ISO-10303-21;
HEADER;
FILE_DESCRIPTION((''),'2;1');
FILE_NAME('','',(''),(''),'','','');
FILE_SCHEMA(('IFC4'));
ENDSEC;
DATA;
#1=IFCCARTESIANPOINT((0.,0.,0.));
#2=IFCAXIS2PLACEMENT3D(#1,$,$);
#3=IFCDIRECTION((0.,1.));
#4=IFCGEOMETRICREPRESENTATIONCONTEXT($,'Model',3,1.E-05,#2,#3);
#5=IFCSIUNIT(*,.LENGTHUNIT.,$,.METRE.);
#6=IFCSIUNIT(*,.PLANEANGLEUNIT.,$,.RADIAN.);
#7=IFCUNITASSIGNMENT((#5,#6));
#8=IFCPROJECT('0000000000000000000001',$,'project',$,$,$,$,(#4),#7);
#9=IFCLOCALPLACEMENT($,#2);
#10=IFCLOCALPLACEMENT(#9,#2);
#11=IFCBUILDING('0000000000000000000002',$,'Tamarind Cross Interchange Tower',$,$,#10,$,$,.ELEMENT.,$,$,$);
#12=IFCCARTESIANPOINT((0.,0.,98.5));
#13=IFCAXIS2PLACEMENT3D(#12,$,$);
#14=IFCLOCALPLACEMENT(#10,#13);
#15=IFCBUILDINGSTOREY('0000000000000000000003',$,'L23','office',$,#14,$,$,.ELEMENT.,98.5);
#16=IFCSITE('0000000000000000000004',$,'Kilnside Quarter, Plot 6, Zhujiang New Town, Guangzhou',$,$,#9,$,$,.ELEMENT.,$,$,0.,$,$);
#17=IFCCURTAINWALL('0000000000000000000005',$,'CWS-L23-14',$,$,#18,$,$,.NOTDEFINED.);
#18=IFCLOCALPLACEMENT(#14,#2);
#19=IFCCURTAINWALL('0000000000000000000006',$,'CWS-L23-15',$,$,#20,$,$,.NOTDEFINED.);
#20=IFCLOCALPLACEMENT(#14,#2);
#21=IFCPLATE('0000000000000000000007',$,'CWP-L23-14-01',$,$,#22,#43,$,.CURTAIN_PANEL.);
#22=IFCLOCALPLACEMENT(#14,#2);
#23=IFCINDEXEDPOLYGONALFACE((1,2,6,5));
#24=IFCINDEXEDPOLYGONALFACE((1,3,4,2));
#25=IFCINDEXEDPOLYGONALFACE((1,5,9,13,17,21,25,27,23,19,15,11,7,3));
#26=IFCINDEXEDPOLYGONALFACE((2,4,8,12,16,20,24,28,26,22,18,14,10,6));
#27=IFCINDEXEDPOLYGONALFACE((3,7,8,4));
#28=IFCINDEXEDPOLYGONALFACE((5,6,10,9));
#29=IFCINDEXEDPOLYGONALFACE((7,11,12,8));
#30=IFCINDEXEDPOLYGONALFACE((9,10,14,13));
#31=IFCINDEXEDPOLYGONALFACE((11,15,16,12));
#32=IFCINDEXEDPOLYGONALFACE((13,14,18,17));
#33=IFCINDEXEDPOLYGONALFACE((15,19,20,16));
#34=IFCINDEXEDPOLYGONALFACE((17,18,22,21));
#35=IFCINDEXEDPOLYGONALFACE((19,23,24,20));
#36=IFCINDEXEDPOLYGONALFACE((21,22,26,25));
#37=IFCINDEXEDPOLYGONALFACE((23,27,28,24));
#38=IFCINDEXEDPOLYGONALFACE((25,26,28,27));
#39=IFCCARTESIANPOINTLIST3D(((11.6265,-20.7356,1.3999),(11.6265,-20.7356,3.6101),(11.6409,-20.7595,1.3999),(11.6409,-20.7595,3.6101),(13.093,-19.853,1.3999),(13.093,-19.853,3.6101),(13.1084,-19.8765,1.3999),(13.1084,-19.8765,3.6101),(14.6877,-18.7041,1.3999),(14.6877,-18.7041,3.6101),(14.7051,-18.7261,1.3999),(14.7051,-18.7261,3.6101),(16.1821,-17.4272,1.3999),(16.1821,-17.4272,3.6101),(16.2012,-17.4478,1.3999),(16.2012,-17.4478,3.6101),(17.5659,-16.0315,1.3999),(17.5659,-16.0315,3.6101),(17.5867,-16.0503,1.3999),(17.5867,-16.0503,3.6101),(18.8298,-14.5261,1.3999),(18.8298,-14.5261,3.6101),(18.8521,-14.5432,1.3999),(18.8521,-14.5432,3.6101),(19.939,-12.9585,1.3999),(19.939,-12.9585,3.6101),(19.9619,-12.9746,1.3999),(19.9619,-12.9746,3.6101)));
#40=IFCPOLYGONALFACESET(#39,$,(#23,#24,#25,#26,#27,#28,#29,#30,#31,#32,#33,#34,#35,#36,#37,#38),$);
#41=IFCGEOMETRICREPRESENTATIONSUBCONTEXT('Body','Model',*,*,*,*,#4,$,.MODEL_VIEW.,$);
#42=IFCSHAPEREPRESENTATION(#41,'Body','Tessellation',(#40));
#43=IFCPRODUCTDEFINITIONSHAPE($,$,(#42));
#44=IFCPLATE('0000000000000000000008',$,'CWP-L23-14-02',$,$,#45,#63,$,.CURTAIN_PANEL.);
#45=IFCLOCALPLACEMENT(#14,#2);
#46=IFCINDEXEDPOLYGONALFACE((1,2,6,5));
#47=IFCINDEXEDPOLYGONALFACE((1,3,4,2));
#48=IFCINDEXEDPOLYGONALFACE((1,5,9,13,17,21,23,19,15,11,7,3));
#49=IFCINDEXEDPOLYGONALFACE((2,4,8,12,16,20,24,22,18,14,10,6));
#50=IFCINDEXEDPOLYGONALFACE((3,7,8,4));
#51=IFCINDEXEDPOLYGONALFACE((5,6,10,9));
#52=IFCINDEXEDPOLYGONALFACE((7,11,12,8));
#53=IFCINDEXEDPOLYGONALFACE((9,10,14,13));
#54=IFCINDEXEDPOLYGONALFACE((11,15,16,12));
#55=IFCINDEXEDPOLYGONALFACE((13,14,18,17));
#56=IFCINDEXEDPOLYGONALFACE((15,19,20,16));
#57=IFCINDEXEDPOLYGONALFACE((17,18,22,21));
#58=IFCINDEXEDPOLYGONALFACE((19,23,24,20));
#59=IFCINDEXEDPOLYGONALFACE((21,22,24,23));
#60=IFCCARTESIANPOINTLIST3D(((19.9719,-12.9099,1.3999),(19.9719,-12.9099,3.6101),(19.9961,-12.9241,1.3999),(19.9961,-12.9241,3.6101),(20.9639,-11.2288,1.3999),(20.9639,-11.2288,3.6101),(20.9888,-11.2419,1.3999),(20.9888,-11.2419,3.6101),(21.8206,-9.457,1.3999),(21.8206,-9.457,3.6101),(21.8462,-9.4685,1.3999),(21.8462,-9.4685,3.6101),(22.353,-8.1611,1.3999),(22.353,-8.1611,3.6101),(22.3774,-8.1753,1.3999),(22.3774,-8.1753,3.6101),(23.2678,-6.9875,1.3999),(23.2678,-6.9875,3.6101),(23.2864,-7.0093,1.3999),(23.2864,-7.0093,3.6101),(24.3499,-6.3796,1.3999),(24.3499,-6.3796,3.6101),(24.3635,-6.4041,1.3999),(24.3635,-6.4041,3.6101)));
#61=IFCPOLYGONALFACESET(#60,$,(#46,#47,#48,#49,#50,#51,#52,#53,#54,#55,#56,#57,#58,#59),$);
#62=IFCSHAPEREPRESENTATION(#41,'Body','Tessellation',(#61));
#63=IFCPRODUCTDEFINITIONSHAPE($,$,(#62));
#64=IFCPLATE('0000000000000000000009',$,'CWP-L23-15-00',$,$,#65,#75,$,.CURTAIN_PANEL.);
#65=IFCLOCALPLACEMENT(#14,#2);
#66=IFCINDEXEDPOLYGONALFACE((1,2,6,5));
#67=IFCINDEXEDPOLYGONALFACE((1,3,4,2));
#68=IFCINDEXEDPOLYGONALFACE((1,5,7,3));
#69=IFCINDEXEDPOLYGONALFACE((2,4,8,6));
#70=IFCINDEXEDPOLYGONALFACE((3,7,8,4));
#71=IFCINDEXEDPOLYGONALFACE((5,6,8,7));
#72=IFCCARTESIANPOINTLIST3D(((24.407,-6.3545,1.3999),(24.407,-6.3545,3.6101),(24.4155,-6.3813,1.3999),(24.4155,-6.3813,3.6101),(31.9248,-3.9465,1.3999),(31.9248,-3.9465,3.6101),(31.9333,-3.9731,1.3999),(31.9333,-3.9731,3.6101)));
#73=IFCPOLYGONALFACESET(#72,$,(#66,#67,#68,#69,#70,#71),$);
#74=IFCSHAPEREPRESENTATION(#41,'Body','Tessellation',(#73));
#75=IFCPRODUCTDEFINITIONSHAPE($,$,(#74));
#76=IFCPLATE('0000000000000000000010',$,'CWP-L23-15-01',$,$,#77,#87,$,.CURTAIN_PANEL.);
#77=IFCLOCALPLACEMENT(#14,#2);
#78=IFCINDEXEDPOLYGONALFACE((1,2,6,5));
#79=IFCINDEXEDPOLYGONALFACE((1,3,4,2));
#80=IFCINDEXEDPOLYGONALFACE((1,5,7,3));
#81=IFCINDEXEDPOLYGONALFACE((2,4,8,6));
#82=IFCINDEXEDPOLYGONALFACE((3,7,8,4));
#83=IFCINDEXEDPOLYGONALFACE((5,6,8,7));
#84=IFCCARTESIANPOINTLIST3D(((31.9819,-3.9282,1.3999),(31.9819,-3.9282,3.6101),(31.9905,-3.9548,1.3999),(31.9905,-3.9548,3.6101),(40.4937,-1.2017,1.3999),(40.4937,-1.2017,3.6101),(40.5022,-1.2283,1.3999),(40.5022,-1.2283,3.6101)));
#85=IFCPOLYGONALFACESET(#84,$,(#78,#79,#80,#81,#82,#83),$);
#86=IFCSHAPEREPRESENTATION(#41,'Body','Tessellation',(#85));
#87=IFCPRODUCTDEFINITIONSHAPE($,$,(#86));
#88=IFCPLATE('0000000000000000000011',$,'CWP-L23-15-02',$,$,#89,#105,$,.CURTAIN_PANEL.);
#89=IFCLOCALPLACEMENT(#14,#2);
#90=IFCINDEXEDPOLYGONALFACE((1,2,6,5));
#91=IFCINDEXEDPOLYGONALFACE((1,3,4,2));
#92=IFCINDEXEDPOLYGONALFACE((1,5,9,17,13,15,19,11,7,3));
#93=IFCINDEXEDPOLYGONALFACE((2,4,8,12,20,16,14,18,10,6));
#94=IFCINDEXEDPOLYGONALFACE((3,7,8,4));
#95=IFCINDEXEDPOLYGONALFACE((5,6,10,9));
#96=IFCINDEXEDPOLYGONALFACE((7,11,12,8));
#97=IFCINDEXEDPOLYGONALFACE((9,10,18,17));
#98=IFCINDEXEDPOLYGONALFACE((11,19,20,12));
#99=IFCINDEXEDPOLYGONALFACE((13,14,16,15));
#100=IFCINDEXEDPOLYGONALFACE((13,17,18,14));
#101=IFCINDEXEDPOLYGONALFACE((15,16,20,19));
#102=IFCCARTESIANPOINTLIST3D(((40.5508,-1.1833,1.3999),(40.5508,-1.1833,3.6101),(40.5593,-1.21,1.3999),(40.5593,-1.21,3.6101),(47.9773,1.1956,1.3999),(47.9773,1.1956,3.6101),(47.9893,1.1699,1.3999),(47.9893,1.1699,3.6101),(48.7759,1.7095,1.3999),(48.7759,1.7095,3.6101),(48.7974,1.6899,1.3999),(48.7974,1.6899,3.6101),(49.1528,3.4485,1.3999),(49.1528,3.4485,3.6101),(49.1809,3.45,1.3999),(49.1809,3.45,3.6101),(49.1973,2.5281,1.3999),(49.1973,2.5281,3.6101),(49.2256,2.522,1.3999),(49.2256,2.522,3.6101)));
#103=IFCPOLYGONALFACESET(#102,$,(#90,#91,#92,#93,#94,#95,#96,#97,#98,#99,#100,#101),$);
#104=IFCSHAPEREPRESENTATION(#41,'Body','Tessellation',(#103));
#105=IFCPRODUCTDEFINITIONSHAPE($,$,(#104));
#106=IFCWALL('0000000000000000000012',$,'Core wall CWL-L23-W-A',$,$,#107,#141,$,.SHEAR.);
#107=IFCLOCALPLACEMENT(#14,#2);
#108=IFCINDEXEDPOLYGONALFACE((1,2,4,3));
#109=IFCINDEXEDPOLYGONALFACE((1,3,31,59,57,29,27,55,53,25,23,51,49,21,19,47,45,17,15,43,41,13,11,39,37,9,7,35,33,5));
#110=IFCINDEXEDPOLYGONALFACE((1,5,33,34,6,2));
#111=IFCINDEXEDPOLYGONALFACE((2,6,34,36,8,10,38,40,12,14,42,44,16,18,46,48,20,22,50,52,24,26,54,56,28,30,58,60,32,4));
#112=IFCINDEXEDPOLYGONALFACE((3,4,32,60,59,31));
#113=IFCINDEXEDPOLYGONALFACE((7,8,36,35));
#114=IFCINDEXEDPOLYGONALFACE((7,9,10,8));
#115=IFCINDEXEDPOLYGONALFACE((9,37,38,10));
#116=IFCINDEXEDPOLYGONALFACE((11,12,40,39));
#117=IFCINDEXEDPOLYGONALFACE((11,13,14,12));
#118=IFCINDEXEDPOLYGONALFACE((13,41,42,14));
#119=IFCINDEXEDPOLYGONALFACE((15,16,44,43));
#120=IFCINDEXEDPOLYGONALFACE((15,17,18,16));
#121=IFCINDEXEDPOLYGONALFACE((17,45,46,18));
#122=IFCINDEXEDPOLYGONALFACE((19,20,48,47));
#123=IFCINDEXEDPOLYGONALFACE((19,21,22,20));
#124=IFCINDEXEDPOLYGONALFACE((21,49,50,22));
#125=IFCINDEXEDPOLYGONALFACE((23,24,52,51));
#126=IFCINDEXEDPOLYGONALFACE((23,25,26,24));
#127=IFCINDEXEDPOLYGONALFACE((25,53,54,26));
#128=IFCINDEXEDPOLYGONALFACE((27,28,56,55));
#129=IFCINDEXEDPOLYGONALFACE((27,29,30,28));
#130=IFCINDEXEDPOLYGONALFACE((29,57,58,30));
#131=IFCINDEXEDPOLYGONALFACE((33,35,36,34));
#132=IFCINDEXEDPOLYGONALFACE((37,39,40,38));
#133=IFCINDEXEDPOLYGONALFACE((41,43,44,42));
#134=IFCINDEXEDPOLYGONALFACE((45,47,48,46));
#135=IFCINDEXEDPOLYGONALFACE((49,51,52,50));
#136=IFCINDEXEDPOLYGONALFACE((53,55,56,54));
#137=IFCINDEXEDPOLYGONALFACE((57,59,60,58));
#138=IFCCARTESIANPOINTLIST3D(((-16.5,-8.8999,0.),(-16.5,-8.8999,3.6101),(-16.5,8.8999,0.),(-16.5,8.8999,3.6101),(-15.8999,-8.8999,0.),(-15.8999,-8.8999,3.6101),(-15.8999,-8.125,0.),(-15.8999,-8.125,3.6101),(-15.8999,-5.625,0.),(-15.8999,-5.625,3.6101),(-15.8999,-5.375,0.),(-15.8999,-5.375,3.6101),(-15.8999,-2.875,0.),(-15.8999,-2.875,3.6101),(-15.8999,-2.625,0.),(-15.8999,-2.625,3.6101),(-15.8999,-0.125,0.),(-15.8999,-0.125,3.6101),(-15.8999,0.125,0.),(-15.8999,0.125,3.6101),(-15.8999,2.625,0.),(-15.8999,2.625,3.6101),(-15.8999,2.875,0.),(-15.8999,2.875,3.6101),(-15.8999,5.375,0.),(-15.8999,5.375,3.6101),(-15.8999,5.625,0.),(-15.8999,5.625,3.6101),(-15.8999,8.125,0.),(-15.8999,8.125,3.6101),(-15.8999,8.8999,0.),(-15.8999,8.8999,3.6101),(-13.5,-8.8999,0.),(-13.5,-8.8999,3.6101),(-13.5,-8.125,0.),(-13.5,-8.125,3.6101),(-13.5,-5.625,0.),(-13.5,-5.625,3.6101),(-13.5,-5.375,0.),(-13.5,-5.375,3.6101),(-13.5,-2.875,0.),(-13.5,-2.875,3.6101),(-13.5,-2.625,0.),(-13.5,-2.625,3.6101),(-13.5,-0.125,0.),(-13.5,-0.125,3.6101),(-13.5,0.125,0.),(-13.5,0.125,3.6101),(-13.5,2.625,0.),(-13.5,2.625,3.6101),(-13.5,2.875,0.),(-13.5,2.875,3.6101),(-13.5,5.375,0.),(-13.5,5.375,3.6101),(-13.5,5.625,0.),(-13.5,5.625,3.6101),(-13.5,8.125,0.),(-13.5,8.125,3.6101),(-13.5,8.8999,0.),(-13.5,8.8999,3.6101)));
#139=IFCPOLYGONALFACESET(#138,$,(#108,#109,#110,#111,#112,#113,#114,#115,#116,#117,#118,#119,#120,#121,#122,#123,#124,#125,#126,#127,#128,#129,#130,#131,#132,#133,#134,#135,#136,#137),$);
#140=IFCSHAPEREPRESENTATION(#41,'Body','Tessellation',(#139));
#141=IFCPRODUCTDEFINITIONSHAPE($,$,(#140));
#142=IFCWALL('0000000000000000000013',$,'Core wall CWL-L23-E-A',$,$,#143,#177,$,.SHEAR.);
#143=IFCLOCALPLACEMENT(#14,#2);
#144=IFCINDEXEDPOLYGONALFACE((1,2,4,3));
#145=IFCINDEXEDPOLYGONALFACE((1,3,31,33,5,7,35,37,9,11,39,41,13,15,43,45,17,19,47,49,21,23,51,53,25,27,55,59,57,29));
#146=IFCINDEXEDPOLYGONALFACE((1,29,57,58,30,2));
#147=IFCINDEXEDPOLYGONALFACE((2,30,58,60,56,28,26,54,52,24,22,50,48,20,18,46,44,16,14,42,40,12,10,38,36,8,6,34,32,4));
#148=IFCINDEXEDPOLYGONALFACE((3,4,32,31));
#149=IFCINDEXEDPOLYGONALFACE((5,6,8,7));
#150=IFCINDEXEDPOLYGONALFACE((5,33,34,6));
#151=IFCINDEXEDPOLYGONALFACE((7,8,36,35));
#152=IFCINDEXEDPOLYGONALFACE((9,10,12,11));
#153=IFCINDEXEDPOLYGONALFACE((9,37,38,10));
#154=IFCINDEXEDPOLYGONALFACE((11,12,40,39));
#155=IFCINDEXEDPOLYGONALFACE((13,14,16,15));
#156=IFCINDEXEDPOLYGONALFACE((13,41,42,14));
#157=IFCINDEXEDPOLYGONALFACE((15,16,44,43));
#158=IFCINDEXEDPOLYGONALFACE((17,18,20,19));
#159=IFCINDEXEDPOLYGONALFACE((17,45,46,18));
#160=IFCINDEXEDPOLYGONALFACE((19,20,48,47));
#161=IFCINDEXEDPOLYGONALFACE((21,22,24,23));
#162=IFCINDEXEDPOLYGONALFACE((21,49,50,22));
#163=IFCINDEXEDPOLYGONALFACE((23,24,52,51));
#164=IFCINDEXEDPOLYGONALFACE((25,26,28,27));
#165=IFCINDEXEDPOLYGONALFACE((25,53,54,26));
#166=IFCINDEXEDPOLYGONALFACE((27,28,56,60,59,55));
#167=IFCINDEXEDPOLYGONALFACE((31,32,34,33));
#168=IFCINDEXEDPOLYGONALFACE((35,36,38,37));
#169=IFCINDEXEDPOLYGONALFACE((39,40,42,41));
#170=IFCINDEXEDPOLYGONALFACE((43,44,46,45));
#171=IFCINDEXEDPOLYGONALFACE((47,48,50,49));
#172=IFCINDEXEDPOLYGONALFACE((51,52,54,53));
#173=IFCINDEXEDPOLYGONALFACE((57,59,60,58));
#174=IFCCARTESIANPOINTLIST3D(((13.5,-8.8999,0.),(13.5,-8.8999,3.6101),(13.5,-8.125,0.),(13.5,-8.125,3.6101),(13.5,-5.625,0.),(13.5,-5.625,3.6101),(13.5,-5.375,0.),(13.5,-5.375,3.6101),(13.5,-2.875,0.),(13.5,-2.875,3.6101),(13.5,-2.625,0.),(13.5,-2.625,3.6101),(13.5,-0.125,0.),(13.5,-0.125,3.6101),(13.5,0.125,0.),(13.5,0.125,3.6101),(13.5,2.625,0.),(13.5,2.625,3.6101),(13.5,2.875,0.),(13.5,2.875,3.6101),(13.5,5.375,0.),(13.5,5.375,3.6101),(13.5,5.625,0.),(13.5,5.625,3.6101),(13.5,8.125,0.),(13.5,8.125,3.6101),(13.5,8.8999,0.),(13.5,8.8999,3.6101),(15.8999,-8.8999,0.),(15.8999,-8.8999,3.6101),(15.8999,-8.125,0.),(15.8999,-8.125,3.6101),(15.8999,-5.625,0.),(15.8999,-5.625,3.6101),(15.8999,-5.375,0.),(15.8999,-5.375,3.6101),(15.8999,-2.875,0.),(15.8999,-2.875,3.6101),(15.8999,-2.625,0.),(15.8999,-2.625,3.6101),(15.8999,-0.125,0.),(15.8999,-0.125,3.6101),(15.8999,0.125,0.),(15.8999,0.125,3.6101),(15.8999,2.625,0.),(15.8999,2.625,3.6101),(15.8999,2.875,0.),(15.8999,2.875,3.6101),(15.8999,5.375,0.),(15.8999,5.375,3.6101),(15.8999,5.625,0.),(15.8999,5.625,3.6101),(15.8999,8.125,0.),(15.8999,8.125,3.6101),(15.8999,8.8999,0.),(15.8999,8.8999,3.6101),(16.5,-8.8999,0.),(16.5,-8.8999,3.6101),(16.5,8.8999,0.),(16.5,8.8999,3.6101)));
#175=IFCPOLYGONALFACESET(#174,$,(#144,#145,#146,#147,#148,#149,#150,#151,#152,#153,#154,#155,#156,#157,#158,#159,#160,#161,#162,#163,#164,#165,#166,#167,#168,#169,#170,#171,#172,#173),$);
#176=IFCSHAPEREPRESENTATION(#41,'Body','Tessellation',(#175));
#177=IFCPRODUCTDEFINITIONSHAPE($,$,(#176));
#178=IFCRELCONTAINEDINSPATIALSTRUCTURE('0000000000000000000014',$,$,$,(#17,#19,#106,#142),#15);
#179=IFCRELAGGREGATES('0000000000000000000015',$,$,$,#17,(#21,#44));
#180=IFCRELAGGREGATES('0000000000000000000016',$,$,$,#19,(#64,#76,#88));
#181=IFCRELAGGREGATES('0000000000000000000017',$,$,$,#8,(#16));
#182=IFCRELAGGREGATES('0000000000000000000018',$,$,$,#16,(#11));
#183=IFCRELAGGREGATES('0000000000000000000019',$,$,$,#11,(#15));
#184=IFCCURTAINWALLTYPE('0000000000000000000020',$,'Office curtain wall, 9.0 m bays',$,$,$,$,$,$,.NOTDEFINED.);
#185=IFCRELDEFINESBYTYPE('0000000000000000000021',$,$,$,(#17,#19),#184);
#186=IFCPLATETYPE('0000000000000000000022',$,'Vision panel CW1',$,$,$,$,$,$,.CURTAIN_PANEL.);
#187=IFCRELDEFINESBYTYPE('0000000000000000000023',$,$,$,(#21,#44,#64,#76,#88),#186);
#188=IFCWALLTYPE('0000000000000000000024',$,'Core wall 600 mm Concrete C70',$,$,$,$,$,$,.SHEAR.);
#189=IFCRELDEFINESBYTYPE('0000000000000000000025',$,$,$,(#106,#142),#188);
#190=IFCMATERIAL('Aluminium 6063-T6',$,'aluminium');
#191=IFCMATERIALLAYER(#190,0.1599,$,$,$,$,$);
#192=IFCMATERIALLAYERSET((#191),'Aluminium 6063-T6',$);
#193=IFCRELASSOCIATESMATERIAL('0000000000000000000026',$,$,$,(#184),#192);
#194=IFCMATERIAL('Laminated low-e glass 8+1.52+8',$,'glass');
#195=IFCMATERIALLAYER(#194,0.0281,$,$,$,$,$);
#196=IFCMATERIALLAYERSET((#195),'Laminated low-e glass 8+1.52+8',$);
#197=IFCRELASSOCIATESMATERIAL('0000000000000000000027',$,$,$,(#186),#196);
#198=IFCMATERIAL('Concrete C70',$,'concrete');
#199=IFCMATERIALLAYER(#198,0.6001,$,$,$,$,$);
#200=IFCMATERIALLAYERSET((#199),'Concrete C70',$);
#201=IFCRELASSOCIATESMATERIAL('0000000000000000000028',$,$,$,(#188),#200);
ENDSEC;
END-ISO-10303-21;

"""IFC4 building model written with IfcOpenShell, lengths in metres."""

from ifc_helpers import new_model, si_unit, direction, frame, origin, place, context, subcontext, project, spatial, polyline, outline, extrude, material, layer, layer_set, type_object, element, aggregate, save


model = new_model("IFC4")

# Units and contexts
model_context = context("Model", 3, precision=1e-05, world=origin(), true_north=direction((0.0, 1.0)))
body_context = subcontext(model_context, "Body", "Model", "MODEL_VIEW")
ifc_project = project(units=[si_unit("LENGTHUNIT", "METRE"), si_unit("PLANEANGLEUNIT", "RADIAN")], contexts=[model_context])

# Site, building, storey
site_placement = place(None, origin())
site = spatial("IfcSite", under=ifc_project, at=site_placement, Name="Kilnside Quarter, Plot 6, Zhujiang New Town, Guangzhou", CompositionType="ELEMENT", RefElevation=0.0)
building_placement = place(site_placement, origin())
building = spatial("IfcBuilding", under=site, at=building_placement, Name="Tamarind Cross Interchange Tower", CompositionType="ELEMENT")
storey_placement = place(building_placement, frame((0.0, 0.0, 98.5)))
storey = spatial("IfcBuildingStorey", under=building, at=storey_placement, Name="L23", Description="office", CompositionType="ELEMENT", Elevation=98.5)

# Curtain walls
ifc_material_1 = material(Name="Aluminium 6063-T6", Category="aluminium")
ifc_layer_1 = layer(ifc_material_1, 0.1599)
ifc_layer_set_1 = layer_set([ifc_layer_1], Name="Aluminium 6063-T6")
curtain_wall_type = type_object("IfcCurtainWallType", Name="Office curtain wall, 9.0 m bays", PredefinedType="NOTDEFINED", material=ifc_layer_set_1)
curtain_wall_1_placement = place(storey_placement, origin())
curtain_wall_1 = element("IfcCurtainWall", 1, at=curtain_wall_1_placement, inside=storey, type_object=curtain_wall_type, Name="CWS-L23-14", PredefinedType="NOTDEFINED")
curtain_wall_2_placement = place(storey_placement, origin())
curtain_wall_2 = element("IfcCurtainWall", 2, at=curtain_wall_2_placement, inside=storey, type_object=curtain_wall_type, Name="CWS-L23-15", PredefinedType="NOTDEFINED")

# Plates
ifc_material_2 = material(Name="Laminated low-e glass 8+1.52+8", Category="glass")
ifc_layer_2 = layer(ifc_material_2, 0.0281)
ifc_layer_set_2 = layer_set([ifc_layer_2], Name="Laminated low-e glass 8+1.52+8")
plate_type = type_object("IfcPlateType", Name="Vision panel CW1", PredefinedType="CURTAIN_PANEL", material=ifc_layer_set_2)
plate_1_placement = place(storey_placement, frame((0.0, 0.0, 1.3999)))
plate_1 = element("IfcPlate", 3, at=plate_1_placement, type_object=plate_type, Name="CWP-L23-14-01", PredefinedType="CURTAIN_PANEL", context=body_context, shape_type="SweptSolid", body=[
    extrude(outline(polyline([(11.6265, -20.7356), (13.093, -19.853), (14.6877, -18.7041), (16.1821, -17.4272), (17.5659, -16.0315), (18.8298, -14.5261), (19.939, -12.9585), (19.9619, -12.9746), (18.8521, -14.5432), (17.5867, -16.0503), (16.2012, -17.4478), (14.7051, -18.7261), (13.1084, -19.8765), (11.6409, -20.7595), (11.6265, -20.7356)])), origin(), (0.0, 0.0, 1.0), 2.2102),
])
plate_2_placement = place(storey_placement, frame((0.0, 0.0, 1.3999)))
plate_2 = element("IfcPlate", 4, at=plate_2_placement, type_object=plate_type, Name="CWP-L23-14-02", PredefinedType="CURTAIN_PANEL", context=body_context, shape_type="SweptSolid", body=[
    extrude(outline(polyline([(19.9719, -12.9099), (20.9639, -11.2288), (21.8206, -9.457), (22.353, -8.1611), (23.2678, -6.9875), (24.3499, -6.3796), (24.3635, -6.4041), (23.2864, -7.0093), (22.3774, -8.1753), (21.8462, -9.4685), (20.9888, -11.2419), (19.9961, -12.9241), (19.9719, -12.9099)])), origin(), (0.0, 0.0, 1.0), 2.2102),
])
aggregate(curtain_wall_1, [plate_1, plate_2])
plate_3_placement = place(storey_placement, frame((0.0, 0.0, 1.3999)))
plate_3 = element("IfcPlate", 5, at=plate_3_placement, type_object=plate_type, Name="CWP-L23-15-00", PredefinedType="CURTAIN_PANEL", context=body_context, shape_type="SweptSolid", body=[
    extrude(outline(polyline([(24.407, -6.3545), (31.9248, -3.9465), (31.9333, -3.9731), (24.4155, -6.3813), (24.407, -6.3545)])), origin(), (0.0, 0.0, 1.0), 2.2102),
])
plate_4_placement = place(storey_placement, frame((0.0, 0.0, 1.3999)))
plate_4 = element("IfcPlate", 6, at=plate_4_placement, type_object=plate_type, Name="CWP-L23-15-01", PredefinedType="CURTAIN_PANEL", context=body_context, shape_type="SweptSolid", body=[
    extrude(outline(polyline([(31.9819, -3.9282), (40.4937, -1.2017), (40.5022, -1.2283), (31.9905, -3.9548), (31.9819, -3.9282)])), origin(), (0.0, 0.0, 1.0), 2.2102),
])
plate_5_placement = place(storey_placement, frame((0.0, 0.0, 1.3999)))
plate_5 = element("IfcPlate", 7, at=plate_5_placement, type_object=plate_type, Name="CWP-L23-15-02", PredefinedType="CURTAIN_PANEL", context=body_context, shape_type="SweptSolid", body=[
    extrude(outline(polyline([(40.5508, -1.1833), (47.9773, 1.1956), (48.7759, 1.7095), (49.1973, 2.5281), (49.1528, 3.4485), (49.1809, 3.45), (49.2256, 2.522), (48.7974, 1.6899), (47.9893, 1.1699), (40.5593, -1.21), (40.5508, -1.1833)])), origin(), (0.0, 0.0, 1.0), 2.2102),
])
aggregate(curtain_wall_2, [plate_3, plate_4, plate_5])

# Walls
ifc_material_3 = material(Name="Concrete C70", Category="concrete")
ifc_layer_3 = layer(ifc_material_3, 0.6001)
ifc_layer_set_3 = layer_set([ifc_layer_3], Name="Concrete C70")
wall_type_1 = type_object("IfcWallType", Name="Core wall 600 mm Concrete C70", PredefinedType="SHEAR", material=ifc_layer_set_3)
wall_1_placement = place(storey_placement, origin())
element("IfcWall", 8, at=wall_1_placement, inside=storey, type_object=wall_type_1, Name="Core wall CWL-L23-W-A", PredefinedType="SHEAR", context=body_context, shape_type="SweptSolid", body=[
    extrude(outline(polyline([(-13.5, -8.8999), (-13.5, -8.125), (-15.8999, -8.125), (-15.8999, -5.625), (-13.5, -5.625), (-13.5, -5.375), (-15.8999, -5.375), (-15.8999, -2.875), (-13.5, -2.875), (-13.5, -2.625), (-15.8999, -2.625), (-15.8999, -0.125), (-13.5, -0.125), (-13.5, 0.125), (-15.8999, 0.125), (-15.8999, 2.625), (-13.5, 2.625), (-13.5, 2.875), (-15.8999, 2.875), (-15.8999, 5.375), (-13.5, 5.375), (-13.5, 5.625), (-15.8999, 5.625), (-15.8999, 8.125), (-13.5, 8.125), (-13.5, 8.8999), (-15.8999, 8.8999), (-16.5, 8.8999), (-16.5, -8.8999), (-15.8999, -8.8999), (-13.5, -8.8999)])), origin(), (0.0, 0.0, 1.0), 3.6101),
])
wall_2_placement = place(storey_placement, origin())
element("IfcWall", 9, at=wall_2_placement, inside=storey, type_object=wall_type_1, Name="Core wall CWL-L23-E-A", PredefinedType="SHEAR", context=body_context, shape_type="SweptSolid", body=[
    extrude(outline(polyline([(13.5, -8.8999), (15.8999, -8.8999), (16.5, -8.8999), (16.5, 8.8999), (15.8999, 8.8999), (13.5, 8.8999), (13.5, 8.125), (15.8999, 8.125), (15.8999, 5.625), (13.5, 5.625), (13.5, 5.375), (15.8999, 5.375), (15.8999, 2.875), (13.5, 2.875), (13.5, 2.625), (15.8999, 2.625), (15.8999, 0.125), (13.5, 0.125), (13.5, -0.125), (15.8999, -0.125), (15.8999, -2.625), (13.5, -2.625), (13.5, -2.875), (15.8999, -2.875), (15.8999, -5.375), (13.5, -5.375), (13.5, -5.625), (15.8999, -5.625), (15.8999, -8.125), (13.5, -8.125), (13.5, -8.8999)])), origin(), (0.0, 0.0, 1.0), 3.6101),
])

save(model, "model.ifc")
